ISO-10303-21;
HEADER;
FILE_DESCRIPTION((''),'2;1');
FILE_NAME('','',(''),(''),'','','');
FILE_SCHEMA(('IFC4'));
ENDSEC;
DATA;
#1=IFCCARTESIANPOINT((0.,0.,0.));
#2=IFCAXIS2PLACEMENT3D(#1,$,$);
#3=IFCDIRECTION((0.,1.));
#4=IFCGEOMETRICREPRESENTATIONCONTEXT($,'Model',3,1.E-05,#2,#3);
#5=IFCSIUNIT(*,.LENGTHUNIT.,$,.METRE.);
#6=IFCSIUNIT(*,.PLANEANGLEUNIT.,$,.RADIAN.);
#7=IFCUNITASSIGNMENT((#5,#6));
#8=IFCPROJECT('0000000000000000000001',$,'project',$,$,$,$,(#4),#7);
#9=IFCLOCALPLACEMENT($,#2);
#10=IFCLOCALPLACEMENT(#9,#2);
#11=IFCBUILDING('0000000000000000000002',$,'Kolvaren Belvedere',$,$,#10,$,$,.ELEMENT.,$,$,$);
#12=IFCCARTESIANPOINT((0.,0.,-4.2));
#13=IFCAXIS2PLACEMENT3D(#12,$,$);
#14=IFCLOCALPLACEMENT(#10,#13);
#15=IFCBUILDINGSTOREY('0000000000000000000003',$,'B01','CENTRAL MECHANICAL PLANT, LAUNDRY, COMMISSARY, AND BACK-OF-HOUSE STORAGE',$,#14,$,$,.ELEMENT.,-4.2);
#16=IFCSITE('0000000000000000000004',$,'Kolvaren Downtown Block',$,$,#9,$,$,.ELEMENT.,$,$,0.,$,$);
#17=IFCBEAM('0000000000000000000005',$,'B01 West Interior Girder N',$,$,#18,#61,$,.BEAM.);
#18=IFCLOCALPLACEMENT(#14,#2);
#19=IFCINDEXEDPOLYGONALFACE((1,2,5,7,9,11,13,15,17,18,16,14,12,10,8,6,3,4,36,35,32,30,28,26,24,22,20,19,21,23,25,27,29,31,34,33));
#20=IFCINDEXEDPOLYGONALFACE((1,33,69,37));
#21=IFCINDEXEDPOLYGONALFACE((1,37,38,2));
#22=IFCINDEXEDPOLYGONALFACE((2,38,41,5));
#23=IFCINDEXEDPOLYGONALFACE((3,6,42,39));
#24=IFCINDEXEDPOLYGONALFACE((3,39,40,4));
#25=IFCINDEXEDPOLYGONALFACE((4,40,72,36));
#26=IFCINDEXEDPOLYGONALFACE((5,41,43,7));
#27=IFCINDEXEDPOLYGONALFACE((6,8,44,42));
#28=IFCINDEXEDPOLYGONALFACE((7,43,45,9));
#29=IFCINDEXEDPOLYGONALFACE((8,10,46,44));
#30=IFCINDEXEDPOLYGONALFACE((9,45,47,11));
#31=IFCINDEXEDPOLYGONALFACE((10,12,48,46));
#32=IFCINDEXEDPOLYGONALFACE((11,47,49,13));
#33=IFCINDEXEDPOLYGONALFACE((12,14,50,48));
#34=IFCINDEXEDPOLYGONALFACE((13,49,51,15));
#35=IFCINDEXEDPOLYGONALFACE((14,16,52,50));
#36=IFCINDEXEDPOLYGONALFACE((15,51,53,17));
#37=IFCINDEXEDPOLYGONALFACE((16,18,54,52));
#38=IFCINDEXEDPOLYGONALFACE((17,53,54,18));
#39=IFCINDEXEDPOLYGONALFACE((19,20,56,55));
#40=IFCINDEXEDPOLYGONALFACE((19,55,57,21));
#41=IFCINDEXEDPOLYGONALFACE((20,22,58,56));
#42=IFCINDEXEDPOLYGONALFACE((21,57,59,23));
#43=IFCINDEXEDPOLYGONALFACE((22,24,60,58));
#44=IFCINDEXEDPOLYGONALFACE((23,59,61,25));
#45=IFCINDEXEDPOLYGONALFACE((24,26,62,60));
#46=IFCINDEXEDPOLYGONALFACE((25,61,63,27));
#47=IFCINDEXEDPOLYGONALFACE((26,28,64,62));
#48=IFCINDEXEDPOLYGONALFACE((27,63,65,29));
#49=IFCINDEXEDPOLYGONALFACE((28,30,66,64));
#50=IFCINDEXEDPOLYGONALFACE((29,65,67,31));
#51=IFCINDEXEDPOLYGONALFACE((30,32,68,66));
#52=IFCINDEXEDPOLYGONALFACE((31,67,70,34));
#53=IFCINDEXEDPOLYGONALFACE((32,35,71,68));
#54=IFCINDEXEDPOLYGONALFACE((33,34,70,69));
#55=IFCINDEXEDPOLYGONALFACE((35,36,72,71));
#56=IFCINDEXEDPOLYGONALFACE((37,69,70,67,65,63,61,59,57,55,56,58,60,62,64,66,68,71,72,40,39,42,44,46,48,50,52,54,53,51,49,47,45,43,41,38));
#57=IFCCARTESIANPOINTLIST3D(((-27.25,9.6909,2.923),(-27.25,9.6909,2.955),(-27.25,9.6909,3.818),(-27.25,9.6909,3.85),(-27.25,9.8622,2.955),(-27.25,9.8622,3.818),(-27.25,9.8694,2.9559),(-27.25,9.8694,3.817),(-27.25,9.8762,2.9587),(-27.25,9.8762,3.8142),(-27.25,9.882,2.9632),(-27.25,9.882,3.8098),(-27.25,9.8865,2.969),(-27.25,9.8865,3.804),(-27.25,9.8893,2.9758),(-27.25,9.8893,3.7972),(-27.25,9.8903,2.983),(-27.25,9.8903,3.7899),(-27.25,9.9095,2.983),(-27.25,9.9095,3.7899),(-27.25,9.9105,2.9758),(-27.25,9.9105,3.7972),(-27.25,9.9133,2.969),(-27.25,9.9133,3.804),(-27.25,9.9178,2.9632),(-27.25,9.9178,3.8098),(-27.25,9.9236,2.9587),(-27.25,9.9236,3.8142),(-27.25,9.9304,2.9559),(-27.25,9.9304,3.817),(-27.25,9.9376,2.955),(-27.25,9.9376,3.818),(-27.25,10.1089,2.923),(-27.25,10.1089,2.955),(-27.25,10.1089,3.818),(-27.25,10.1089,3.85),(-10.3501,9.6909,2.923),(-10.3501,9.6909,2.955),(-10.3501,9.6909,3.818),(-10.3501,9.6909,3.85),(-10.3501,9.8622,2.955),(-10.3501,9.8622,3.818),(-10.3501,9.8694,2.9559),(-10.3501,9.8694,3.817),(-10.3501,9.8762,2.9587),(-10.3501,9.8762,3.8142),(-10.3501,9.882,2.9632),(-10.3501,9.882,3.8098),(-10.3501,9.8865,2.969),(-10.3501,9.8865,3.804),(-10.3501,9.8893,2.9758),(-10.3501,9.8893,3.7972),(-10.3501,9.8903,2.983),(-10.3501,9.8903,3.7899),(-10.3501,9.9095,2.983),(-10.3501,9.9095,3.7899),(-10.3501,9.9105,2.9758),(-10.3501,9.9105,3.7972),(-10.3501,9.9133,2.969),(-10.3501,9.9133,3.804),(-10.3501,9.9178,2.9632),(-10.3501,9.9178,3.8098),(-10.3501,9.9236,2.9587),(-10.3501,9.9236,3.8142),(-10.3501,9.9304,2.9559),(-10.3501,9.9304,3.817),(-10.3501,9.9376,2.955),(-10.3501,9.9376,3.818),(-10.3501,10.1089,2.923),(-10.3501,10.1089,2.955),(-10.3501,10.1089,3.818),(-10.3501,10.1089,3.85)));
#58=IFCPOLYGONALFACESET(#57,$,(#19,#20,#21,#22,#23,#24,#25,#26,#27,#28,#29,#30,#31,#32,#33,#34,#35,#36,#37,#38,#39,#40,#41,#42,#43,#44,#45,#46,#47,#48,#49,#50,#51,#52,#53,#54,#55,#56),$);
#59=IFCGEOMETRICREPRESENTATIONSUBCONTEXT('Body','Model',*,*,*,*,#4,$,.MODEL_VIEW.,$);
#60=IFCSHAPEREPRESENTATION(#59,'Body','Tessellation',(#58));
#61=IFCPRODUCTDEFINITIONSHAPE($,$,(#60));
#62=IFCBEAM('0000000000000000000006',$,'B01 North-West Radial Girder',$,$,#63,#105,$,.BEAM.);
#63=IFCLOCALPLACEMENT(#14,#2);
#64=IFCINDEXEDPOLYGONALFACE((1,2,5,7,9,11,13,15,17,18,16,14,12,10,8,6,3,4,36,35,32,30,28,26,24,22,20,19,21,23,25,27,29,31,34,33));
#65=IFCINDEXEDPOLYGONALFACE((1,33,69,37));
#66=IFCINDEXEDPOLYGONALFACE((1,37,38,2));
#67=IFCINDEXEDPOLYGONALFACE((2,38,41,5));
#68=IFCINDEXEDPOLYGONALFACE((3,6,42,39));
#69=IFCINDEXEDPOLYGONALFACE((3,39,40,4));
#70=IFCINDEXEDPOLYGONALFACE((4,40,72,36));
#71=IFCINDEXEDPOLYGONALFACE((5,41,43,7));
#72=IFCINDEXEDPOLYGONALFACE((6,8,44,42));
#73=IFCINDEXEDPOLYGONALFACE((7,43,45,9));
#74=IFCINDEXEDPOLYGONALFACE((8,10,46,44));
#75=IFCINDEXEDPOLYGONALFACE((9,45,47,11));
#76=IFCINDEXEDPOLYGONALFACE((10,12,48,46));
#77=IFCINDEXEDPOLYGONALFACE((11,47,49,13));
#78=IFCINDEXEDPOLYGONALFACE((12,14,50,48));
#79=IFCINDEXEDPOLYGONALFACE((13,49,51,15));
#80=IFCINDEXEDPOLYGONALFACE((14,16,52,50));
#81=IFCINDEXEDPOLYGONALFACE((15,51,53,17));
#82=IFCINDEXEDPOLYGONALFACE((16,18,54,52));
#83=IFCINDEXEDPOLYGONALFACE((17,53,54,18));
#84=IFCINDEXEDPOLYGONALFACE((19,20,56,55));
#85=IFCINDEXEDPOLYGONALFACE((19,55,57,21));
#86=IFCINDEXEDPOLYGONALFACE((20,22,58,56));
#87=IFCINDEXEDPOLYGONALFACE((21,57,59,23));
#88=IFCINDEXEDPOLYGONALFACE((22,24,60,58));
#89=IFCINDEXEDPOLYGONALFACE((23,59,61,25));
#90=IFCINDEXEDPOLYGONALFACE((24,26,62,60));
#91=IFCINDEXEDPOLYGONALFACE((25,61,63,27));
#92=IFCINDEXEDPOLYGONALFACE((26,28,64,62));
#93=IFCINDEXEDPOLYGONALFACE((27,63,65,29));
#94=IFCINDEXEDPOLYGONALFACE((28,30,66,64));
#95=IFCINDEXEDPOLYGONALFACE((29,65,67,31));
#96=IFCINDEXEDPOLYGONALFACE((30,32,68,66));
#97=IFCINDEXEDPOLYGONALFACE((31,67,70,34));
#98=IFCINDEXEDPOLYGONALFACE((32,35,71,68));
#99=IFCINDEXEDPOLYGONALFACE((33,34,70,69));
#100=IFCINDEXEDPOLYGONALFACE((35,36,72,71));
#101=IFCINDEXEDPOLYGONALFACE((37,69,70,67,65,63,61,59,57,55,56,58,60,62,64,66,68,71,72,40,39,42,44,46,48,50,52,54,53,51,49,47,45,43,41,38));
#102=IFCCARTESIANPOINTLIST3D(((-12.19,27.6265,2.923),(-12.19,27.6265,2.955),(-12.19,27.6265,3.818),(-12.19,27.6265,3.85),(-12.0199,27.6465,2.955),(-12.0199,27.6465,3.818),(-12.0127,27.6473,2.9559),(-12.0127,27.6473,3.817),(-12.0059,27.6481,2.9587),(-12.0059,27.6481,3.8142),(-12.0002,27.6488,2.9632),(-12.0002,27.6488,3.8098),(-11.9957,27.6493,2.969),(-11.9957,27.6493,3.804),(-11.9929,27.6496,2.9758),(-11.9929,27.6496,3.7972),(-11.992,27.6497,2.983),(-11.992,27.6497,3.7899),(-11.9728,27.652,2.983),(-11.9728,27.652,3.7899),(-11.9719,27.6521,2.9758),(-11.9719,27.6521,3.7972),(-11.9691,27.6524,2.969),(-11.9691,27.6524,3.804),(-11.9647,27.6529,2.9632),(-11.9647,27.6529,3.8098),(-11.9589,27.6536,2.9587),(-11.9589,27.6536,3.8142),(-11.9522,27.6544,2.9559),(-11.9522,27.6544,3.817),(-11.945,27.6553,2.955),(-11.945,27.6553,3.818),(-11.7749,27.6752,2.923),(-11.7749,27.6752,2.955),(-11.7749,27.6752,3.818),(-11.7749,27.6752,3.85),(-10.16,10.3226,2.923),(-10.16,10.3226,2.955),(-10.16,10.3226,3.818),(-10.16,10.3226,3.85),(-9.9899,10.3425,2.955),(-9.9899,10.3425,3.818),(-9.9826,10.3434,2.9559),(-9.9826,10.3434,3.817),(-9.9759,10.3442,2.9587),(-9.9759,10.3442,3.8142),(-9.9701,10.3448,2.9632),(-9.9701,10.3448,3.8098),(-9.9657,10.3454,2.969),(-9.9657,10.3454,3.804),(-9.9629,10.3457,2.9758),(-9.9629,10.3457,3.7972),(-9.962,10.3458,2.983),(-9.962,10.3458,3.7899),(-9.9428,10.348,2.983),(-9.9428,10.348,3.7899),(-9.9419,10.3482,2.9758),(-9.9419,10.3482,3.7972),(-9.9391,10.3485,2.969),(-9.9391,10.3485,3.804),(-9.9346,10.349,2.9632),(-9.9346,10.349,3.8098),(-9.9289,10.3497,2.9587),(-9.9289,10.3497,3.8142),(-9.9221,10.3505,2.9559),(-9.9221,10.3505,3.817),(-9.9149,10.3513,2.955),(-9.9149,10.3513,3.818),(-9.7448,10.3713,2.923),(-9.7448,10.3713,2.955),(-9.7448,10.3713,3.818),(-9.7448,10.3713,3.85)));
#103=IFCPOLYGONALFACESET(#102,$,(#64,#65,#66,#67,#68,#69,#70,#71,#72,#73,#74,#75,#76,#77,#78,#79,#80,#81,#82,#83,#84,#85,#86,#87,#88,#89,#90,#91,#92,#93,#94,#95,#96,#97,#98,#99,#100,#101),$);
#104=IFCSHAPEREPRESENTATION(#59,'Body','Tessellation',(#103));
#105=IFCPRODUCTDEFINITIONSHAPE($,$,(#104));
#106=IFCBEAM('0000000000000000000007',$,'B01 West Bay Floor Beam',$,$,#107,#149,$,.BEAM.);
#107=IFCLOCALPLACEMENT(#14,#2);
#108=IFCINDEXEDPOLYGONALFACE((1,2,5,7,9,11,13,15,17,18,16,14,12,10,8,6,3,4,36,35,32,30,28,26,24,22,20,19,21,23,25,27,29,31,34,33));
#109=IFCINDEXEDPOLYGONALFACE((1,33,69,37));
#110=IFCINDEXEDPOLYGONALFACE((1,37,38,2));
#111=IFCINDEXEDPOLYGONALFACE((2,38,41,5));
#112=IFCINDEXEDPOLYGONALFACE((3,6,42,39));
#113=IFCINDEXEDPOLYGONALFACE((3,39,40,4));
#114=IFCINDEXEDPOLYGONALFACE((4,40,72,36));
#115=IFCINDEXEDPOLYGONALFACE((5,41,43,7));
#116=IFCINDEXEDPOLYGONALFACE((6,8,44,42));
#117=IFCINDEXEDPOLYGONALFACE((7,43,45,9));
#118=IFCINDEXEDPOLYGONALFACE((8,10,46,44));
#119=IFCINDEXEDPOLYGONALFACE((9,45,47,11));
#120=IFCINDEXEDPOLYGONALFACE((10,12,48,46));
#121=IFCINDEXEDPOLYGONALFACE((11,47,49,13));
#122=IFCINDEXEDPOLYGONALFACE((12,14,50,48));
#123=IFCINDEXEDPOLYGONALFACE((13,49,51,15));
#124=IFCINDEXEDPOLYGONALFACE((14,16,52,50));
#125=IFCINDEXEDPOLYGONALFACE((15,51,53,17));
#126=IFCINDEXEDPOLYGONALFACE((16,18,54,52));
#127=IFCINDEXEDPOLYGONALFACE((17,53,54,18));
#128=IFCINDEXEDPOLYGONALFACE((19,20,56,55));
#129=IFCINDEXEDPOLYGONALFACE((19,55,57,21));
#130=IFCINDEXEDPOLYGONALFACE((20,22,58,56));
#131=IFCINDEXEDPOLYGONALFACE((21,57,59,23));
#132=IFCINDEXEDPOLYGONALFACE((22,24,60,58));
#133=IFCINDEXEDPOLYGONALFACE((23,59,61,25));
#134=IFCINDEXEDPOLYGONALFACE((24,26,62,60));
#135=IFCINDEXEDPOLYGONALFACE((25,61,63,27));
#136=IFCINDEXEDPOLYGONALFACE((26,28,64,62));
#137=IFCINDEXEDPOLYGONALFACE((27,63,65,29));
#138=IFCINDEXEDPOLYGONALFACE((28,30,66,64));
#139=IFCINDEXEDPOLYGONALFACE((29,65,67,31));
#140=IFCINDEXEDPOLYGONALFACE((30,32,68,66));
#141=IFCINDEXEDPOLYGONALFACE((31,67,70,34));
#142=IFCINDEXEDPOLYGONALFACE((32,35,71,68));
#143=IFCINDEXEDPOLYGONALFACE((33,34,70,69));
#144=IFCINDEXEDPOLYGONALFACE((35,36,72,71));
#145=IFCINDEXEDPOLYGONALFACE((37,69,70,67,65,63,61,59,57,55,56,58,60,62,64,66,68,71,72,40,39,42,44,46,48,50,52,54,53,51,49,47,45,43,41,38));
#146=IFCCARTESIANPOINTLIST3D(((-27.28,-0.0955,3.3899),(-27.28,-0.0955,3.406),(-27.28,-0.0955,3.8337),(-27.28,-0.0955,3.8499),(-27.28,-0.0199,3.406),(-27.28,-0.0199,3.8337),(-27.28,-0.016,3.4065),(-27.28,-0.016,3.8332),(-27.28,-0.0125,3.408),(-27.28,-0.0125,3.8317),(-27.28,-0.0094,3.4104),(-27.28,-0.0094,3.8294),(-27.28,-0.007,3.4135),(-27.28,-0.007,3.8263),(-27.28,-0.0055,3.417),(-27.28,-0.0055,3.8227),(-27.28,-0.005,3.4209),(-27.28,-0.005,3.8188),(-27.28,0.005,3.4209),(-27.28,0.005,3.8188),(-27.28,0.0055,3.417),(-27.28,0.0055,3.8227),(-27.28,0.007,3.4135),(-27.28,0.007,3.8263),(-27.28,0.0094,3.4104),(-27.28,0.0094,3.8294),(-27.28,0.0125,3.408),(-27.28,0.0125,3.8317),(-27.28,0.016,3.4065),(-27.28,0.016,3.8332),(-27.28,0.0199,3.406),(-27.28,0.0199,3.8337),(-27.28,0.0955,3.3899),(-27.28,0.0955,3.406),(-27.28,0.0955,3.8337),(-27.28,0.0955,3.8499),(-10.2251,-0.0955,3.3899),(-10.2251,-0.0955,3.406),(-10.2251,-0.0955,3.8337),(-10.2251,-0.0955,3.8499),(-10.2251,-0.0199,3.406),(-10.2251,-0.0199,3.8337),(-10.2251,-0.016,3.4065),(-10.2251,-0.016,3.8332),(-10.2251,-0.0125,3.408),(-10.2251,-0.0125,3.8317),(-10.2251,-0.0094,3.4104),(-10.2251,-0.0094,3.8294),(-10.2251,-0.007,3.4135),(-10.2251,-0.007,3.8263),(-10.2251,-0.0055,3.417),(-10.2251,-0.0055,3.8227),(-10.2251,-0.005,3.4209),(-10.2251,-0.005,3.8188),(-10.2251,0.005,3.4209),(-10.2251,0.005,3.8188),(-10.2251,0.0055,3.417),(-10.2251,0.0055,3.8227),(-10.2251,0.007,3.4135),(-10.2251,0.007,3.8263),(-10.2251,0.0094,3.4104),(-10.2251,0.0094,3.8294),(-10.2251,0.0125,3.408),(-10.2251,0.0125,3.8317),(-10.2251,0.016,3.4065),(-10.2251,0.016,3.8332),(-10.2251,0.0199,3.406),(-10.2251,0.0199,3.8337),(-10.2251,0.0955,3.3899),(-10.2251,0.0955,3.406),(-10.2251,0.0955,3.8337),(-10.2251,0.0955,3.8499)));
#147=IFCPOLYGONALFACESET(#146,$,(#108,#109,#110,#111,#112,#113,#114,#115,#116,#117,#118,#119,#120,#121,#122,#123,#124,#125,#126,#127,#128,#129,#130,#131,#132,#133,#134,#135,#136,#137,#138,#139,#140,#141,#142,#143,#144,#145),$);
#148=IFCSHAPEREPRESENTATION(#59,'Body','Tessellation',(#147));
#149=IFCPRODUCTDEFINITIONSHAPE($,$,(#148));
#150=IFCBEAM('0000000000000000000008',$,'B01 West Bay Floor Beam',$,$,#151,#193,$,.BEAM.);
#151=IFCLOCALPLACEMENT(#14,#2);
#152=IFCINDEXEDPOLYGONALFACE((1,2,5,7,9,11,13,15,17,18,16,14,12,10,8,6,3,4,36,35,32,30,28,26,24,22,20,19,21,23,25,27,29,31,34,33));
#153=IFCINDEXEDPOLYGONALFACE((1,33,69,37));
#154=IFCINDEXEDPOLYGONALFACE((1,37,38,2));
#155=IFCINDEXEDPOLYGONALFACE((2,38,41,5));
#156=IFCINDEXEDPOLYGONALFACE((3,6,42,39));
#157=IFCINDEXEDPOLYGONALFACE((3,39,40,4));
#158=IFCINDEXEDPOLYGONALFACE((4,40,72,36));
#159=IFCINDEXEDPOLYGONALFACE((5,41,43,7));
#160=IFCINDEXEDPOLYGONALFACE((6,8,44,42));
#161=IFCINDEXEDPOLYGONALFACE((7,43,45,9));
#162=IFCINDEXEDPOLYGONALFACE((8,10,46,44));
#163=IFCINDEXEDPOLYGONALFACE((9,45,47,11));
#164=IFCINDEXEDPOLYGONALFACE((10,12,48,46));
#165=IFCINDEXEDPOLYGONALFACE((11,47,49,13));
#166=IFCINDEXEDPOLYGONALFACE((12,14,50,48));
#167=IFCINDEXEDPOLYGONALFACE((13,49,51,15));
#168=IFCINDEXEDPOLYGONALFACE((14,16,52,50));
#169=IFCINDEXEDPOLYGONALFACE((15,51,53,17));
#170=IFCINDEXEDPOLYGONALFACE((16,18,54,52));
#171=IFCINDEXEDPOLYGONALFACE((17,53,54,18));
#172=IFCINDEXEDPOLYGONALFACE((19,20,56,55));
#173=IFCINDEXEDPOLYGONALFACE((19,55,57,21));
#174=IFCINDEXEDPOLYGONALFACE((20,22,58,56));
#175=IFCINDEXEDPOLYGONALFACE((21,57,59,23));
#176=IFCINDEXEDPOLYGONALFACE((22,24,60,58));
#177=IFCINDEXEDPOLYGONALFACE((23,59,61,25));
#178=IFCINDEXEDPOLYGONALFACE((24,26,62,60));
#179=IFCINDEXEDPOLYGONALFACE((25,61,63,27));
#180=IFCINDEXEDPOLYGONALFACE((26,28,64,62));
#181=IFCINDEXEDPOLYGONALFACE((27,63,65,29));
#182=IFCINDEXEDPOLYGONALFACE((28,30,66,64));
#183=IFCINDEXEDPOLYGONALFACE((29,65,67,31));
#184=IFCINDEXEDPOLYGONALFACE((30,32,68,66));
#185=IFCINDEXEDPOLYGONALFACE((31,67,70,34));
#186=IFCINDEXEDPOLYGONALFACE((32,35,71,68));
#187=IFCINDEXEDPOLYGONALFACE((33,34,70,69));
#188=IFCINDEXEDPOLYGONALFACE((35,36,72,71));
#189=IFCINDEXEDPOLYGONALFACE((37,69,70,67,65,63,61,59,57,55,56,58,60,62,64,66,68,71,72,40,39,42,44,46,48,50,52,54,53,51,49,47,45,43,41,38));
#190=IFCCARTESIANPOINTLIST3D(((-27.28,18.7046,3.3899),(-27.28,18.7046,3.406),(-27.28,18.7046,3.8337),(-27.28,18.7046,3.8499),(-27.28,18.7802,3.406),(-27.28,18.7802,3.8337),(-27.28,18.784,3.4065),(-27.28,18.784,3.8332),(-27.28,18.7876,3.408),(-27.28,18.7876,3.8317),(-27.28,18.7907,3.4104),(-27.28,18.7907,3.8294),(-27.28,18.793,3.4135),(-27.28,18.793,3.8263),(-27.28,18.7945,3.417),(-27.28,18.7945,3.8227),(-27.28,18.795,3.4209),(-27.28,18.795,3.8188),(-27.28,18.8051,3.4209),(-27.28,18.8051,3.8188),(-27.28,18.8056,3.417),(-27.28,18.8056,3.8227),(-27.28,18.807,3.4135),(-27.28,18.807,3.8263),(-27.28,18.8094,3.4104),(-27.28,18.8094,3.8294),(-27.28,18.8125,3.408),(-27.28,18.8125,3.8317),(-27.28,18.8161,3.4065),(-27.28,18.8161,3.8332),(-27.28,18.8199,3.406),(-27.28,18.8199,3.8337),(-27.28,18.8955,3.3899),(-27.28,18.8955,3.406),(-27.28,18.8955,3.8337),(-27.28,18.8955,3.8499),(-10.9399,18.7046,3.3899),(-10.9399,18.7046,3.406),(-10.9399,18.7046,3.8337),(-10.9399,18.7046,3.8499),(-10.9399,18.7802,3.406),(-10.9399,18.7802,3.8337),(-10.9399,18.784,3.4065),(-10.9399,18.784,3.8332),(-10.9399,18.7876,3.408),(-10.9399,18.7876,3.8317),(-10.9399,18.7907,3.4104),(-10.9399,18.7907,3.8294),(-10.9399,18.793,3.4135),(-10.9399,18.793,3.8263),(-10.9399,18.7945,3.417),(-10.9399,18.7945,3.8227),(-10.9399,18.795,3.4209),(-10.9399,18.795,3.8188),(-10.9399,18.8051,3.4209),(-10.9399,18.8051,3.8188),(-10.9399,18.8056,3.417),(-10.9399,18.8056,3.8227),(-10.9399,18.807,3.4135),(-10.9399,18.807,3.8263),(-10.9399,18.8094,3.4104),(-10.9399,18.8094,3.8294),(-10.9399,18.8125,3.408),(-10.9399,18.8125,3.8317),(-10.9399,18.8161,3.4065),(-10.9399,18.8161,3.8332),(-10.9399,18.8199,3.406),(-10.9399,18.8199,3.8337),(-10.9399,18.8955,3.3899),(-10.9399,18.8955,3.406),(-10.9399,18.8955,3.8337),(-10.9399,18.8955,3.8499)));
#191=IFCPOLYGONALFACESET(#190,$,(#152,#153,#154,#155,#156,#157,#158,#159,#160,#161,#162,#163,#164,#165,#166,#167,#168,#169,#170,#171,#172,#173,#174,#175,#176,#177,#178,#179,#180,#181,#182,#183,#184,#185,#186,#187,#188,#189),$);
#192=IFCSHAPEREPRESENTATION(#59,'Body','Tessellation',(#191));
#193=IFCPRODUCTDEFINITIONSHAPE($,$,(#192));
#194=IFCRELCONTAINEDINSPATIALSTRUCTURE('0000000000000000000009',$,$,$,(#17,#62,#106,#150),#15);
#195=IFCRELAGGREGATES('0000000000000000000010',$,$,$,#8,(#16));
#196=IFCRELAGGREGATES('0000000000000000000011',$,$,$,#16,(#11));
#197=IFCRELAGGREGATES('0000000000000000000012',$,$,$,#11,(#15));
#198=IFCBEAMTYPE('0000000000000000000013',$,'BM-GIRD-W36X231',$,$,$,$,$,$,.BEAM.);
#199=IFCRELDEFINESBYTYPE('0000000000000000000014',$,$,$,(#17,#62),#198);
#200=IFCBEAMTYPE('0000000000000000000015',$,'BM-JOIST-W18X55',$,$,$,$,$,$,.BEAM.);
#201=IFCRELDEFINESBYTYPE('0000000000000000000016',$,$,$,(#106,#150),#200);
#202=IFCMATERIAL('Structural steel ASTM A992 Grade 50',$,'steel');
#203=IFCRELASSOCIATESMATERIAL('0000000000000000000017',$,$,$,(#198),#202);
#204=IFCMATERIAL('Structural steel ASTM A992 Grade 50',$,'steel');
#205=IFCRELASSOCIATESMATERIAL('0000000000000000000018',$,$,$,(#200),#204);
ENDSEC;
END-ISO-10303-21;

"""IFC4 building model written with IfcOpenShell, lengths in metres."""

from ifc_helpers import new_model, si_unit, direction, frame, origin, origin_2d, place, context, subcontext, project, spatial, i_section, extrude, material, material_profile, profile_set, type_object, element, save


model = new_model("IFC4")

# Units and contexts
model_context = context("Model", 3, precision=1e-05, world=origin(), true_north=direction((0.0, 1.0)))
body_context = subcontext(model_context, "Body", "Model", "MODEL_VIEW")
ifc_project = project(units=[si_unit("LENGTHUNIT", "METRE"), si_unit("PLANEANGLEUNIT", "RADIAN")], contexts=[model_context])

# Site, building, storey
site_placement = place(None, origin())
site = spatial("IfcSite", under=ifc_project, at=site_placement, Name="Kolvaren Downtown Block", CompositionType="ELEMENT", RefElevation=0.0)
building_placement = place(site_placement, origin())
building = spatial("IfcBuilding", under=site, at=building_placement, Name="Kolvaren Belvedere", CompositionType="ELEMENT")
storey_placement = place(building_placement, frame((0.0, 0.0, -4.2)))
storey = spatial("IfcBuildingStorey", under=building, at=storey_placement, Name="B01", Description="CENTRAL MECHANICAL PLANT, LAUNDRY, COMMISSARY, AND BACK-OF-HOUSE STORAGE", CompositionType="ELEMENT", Elevation=-4.2)

# Beams
ifc_material_1 = material(Name="Structural steel ASTM A992 Grade 50", Category="steel")
ifc_material_profile_1 = material_profile(ifc_material_1, i_section(OverallWidth=0.418, OverallDepth=0.927, WebThickness=0.0193, FlangeThickness=0.032, FilletRadius=0.0281, at=origin_2d()), Name="W36X231")
ifc_profile_set_1 = profile_set([ifc_material_profile_1], Name="Structural steel ASTM A992 Grade 50")
beam_type_1 = type_object("IfcBeamType", Name="BM-GIRD-W36X231", PredefinedType="BEAM", material=ifc_profile_set_1)
beam_1_placement = place(storey_placement, frame((-27.25, 9.8999, 3.3865), z_axis=(1.0, 0.0, 0.0), x_axis=(0.0, 1.0, 0.0)))
element("IfcBeam", 1, at=beam_1_placement, inside=storey, type_object=beam_type_1, Name="B01 West Interior Girder N", PredefinedType="BEAM", context=body_context, shape_type="SweptSolid", body=[
    extrude(i_section(OverallWidth=0.418, OverallDepth=0.927, WebThickness=0.0193, FlangeThickness=0.032, FilletRadius=0.0281, at=origin_2d()), origin(), (0.0, 0.0, 1.0), 16.8999),
])
beam_2_placement = place(storey_placement, frame((-9.9524, 10.3469, 3.3865), z_axis=(-0.116517, 0.993189, 0.0), x_axis=(-0.993189, -0.116517, 0.0)))
element("IfcBeam", 2, at=beam_2_placement, inside=storey, type_object=beam_type_1, Name="B01 North-West Radial Girder", PredefinedType="BEAM", context=body_context, shape_type="SweptSolid", body=[
    extrude(i_section(OverallWidth=0.418, OverallDepth=0.927, WebThickness=0.0193, FlangeThickness=0.032, FilletRadius=0.0281, at=origin_2d()), origin(), (0.0, 0.0, 1.0), 17.4226),
])
ifc_material_2 = material(Name="Structural steel ASTM A992 Grade 50", Category="steel")
ifc_material_profile_2 = material_profile(ifc_material_2, i_section(OverallWidth=0.1909, OverallDepth=0.46, WebThickness=0.01, FlangeThickness=0.0161, FilletRadius=0.0149, at=origin_2d()), Name="W18X55")
ifc_profile_set_2 = profile_set([ifc_material_profile_2], Name="Structural steel ASTM A992 Grade 50")
beam_type_2 = type_object("IfcBeamType", Name="BM-JOIST-W18X55", PredefinedType="BEAM", material=ifc_profile_set_2)
beam_3_placement = place(storey_placement, frame((-27.28, 0.0, 3.6199), z_axis=(1.0, 0.0, 0.0), x_axis=(0.0, 1.0, 0.0)))
element("IfcBeam", 3, at=beam_3_placement, inside=storey, type_object=beam_type_2, Name="B01 West Bay Floor Beam", PredefinedType="BEAM", context=body_context, shape_type="SweptSolid", body=[
    extrude(i_section(OverallWidth=0.1909, OverallDepth=0.46, WebThickness=0.01, FlangeThickness=0.0161, FilletRadius=0.0149, at=origin_2d()), origin(), (0.0, 0.0, 1.0), 17.0549),
])
beam_4_placement = place(storey_placement, frame((-27.28, 18.8, 3.6199), z_axis=(1.0, 0.0, 0.0), x_axis=(0.0, 1.0, 0.0)))
element("IfcBeam", 4, at=beam_4_placement, inside=storey, type_object=beam_type_2, Name="B01 West Bay Floor Beam", PredefinedType="BEAM", context=body_context, shape_type="SweptSolid", body=[
    extrude(i_section(OverallWidth=0.1909, OverallDepth=0.46, WebThickness=0.01, FlangeThickness=0.0161, FilletRadius=0.0149, at=origin_2d()), origin(), (0.0, 0.0, 1.0), 16.3401),
])

save(model, "model.ifc")
